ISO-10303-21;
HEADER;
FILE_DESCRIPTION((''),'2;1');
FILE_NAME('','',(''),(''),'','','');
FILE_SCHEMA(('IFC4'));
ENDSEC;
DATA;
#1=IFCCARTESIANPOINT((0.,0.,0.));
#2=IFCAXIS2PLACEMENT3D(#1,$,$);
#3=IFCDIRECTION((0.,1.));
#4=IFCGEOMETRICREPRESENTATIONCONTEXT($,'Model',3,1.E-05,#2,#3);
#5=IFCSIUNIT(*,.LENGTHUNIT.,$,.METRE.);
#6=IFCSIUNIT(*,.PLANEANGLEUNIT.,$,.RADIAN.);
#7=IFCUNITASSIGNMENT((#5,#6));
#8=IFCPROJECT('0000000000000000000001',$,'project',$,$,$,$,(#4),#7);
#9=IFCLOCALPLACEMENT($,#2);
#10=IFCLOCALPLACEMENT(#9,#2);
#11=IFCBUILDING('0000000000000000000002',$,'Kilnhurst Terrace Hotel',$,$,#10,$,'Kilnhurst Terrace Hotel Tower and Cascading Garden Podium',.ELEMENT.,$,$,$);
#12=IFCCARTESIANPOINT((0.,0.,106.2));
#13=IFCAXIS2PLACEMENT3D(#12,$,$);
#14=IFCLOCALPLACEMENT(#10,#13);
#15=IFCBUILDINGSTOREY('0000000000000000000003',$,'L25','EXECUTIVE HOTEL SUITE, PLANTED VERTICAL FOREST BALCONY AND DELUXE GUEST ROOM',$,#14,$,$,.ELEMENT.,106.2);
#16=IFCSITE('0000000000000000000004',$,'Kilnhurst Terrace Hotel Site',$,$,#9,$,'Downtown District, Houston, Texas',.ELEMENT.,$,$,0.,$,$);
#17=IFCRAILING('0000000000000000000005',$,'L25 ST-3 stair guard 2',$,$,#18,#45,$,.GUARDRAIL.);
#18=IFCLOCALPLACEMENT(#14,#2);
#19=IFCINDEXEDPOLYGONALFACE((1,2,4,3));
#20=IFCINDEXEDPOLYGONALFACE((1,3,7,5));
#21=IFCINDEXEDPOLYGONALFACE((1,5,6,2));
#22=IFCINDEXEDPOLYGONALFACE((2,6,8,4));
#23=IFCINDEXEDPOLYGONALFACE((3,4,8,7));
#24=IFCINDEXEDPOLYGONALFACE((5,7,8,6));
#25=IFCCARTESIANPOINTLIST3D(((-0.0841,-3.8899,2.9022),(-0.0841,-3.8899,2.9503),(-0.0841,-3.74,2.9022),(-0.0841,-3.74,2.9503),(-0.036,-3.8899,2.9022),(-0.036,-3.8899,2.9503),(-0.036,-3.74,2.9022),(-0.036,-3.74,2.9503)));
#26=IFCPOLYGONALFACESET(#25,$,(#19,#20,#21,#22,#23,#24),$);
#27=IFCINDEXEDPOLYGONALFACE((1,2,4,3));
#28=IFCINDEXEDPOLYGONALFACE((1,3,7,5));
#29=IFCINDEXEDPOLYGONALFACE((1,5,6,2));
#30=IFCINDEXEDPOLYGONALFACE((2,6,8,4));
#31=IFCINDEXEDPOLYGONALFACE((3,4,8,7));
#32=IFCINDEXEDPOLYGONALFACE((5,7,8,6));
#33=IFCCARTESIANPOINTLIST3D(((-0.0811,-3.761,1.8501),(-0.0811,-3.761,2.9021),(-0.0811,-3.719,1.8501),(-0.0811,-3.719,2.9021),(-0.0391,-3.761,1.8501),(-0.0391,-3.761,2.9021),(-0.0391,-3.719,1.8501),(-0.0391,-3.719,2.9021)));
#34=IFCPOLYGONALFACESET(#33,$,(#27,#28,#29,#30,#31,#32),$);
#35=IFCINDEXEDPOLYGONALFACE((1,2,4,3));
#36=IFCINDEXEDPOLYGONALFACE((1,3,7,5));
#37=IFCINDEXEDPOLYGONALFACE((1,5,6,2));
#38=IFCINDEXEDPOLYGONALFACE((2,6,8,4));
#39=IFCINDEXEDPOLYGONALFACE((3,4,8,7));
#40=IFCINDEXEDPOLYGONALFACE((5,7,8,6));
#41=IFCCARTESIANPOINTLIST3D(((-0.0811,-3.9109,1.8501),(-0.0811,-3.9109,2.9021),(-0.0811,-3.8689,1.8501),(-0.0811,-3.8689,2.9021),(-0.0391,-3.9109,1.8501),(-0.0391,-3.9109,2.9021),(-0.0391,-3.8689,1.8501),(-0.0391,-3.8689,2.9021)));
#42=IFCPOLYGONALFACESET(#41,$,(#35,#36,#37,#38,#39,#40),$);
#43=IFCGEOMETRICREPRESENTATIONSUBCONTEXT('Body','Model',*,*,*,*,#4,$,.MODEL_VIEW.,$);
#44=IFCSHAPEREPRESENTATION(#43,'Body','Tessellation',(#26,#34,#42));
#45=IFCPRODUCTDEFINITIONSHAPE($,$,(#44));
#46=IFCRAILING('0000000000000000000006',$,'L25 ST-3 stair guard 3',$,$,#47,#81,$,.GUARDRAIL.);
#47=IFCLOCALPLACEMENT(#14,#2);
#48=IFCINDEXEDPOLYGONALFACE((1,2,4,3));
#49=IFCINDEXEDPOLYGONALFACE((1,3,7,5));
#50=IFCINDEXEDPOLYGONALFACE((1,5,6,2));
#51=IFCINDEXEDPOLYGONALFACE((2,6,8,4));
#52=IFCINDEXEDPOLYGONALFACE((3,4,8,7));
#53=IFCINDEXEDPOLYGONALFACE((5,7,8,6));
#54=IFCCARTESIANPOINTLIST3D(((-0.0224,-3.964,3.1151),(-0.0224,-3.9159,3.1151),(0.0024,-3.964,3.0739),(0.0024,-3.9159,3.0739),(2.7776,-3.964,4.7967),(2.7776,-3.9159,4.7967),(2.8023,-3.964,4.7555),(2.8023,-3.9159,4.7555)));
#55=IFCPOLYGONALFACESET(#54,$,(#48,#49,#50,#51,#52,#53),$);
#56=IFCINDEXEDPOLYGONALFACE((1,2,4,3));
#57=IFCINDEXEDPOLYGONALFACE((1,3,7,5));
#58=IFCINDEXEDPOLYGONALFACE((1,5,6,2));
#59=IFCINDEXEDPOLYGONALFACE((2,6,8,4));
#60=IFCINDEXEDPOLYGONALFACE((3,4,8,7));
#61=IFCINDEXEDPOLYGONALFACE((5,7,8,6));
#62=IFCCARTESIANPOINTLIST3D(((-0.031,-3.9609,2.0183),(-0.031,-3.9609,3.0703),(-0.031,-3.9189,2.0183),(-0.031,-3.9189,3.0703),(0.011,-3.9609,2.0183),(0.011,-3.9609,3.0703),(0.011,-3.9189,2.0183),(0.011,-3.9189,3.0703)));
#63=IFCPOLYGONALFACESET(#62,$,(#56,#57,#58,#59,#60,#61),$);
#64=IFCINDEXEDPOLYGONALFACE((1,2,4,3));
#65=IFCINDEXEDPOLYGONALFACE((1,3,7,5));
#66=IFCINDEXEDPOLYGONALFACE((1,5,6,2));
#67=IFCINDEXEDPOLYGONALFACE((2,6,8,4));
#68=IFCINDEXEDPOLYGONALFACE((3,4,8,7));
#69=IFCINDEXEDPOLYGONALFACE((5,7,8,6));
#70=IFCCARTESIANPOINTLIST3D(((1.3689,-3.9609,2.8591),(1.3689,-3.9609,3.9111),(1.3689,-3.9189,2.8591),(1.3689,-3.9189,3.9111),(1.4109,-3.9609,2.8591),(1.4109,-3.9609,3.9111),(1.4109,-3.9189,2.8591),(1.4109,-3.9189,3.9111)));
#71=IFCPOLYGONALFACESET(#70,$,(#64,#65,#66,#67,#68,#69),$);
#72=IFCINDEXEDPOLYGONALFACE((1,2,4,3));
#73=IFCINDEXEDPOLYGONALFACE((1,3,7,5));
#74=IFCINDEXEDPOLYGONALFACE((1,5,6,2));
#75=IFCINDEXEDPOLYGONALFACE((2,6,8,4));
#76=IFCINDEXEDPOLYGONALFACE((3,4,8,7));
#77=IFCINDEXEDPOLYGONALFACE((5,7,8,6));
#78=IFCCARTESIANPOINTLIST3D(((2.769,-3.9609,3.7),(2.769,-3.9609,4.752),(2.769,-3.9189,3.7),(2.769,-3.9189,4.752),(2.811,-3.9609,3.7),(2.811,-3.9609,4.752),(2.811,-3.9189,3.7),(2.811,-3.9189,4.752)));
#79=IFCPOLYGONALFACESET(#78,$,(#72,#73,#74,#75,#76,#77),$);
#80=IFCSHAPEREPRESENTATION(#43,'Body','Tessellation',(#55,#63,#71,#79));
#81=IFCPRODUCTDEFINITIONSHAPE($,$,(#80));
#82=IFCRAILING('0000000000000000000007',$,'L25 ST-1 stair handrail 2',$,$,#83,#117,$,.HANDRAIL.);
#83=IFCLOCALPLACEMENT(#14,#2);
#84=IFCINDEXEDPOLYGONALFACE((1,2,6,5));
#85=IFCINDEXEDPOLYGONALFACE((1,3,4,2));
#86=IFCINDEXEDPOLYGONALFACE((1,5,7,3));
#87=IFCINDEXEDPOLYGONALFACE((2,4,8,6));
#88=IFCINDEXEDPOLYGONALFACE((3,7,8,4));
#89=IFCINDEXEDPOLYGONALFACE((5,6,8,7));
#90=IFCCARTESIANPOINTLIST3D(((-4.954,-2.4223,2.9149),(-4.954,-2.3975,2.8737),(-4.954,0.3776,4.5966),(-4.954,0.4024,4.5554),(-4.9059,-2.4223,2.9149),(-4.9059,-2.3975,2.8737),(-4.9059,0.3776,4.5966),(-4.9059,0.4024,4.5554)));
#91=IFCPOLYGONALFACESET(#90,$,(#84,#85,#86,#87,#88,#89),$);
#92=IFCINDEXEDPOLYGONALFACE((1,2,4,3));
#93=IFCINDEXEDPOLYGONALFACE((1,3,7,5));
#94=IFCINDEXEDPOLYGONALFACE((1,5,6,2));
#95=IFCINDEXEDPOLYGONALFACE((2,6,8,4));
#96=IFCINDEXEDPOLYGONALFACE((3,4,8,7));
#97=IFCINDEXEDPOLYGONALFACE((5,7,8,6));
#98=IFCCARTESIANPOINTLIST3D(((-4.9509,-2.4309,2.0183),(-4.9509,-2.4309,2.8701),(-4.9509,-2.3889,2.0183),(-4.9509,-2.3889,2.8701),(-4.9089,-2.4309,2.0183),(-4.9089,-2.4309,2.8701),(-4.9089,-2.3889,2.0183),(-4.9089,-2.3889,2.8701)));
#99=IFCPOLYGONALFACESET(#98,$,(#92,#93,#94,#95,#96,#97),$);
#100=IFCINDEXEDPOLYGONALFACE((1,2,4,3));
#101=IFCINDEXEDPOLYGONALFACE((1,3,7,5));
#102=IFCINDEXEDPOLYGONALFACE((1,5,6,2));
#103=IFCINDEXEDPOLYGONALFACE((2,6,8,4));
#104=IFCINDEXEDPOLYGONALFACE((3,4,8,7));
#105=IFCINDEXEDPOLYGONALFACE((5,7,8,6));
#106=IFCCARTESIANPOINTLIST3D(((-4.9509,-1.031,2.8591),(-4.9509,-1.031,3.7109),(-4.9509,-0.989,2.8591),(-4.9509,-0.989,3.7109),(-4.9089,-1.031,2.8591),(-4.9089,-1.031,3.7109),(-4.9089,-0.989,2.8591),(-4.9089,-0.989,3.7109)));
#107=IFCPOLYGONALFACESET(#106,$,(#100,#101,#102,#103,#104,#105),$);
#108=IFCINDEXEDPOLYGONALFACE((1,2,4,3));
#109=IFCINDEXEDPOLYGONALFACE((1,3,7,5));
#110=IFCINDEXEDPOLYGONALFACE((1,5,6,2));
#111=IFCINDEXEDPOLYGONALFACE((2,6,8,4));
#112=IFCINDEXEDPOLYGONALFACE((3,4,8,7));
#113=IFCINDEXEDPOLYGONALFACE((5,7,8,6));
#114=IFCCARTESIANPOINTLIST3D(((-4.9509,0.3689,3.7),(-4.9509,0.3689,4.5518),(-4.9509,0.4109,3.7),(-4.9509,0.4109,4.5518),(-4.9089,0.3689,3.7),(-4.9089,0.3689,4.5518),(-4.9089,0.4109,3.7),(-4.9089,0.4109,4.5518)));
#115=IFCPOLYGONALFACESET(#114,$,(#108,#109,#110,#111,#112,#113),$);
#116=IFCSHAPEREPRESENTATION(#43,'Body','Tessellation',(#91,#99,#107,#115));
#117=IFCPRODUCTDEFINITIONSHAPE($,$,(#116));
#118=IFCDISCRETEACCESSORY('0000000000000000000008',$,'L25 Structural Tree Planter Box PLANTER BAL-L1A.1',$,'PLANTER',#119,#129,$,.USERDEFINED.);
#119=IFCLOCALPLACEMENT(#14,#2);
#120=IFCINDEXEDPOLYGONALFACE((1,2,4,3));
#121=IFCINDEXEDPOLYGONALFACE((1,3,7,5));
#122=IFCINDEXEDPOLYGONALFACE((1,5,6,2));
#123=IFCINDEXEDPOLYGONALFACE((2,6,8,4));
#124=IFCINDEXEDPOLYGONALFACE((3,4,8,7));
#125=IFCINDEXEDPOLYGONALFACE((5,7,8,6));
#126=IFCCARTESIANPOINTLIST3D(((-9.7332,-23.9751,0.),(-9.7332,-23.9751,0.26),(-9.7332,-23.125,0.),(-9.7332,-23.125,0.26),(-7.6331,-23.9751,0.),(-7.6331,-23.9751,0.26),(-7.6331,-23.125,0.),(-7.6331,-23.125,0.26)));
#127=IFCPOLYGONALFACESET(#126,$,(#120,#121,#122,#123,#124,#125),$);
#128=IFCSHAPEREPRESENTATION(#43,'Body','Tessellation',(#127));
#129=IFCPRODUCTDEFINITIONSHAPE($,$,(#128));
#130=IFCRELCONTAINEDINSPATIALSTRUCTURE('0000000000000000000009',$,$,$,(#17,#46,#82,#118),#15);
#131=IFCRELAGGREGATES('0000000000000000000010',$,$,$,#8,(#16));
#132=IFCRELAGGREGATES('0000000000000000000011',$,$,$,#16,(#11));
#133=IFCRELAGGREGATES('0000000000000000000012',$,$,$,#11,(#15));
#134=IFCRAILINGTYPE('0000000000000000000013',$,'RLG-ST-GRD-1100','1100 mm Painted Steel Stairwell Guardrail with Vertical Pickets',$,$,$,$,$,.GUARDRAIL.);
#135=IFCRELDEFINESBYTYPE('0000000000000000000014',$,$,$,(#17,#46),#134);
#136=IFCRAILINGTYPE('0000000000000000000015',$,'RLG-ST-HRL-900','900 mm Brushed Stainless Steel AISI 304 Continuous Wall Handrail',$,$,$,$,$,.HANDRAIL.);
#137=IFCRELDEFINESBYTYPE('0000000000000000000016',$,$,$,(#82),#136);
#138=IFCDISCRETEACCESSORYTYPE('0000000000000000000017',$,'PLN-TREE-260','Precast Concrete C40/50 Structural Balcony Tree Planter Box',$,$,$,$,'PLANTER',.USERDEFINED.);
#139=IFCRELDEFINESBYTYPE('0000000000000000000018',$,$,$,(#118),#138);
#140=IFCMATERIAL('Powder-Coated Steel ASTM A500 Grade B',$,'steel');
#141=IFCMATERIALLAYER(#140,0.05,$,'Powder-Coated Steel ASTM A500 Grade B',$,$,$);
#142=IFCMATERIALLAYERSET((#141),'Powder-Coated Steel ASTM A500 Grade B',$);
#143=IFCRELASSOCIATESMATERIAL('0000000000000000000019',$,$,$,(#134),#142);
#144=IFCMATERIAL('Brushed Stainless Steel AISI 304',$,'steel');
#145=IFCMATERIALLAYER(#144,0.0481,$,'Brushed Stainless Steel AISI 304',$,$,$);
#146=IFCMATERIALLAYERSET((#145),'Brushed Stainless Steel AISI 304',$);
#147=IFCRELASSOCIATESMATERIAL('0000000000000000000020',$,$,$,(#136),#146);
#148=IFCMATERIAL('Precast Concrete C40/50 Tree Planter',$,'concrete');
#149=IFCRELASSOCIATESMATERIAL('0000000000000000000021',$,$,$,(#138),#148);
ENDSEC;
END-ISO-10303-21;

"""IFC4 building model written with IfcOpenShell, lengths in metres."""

from ifc_helpers import new_model, si_unit, direction, frame, origin, origin_2d, place, context, subcontext, project, spatial, rectangle, extrude, material, layer, layer_set, type_object, element, save


model = new_model("IFC4")

# Units and contexts
model_context = context("Model", 3, precision=1e-05, world=origin(), true_north=direction((0.0, 1.0)))
body_context = subcontext(model_context, "Body", "Model", "MODEL_VIEW")
ifc_project = project(units=[si_unit("LENGTHUNIT", "METRE"), si_unit("PLANEANGLEUNIT", "RADIAN")], contexts=[model_context])

# Site, building, storey
site_placement = place(None, origin())
site = spatial("IfcSite", under=ifc_project, at=site_placement, Name="Kilnhurst Terrace Hotel Site", LongName="Downtown District, Houston, Texas", CompositionType="ELEMENT", RefElevation=0.0)
building_placement = place(site_placement, origin())
building = spatial("IfcBuilding", under=site, at=building_placement, Name="Kilnhurst Terrace Hotel", LongName="Kilnhurst Terrace Hotel Tower and Cascading Garden Podium", CompositionType="ELEMENT")
storey_placement = place(building_placement, frame((0.0, 0.0, 106.2)))
storey = spatial("IfcBuildingStorey", under=building, at=storey_placement, Name="L25", Description="EXECUTIVE HOTEL SUITE, PLANTED VERTICAL FOREST BALCONY AND DELUXE GUEST ROOM", CompositionType="ELEMENT", Elevation=106.2)

# Railings
ifc_material_1 = material(Name="Powder-Coated Steel ASTM A500 Grade B", Category="steel")
ifc_layer_1 = layer(ifc_material_1, 0.05, Name="Powder-Coated Steel ASTM A500 Grade B")
ifc_layer_set_1 = layer_set([ifc_layer_1], Name="Powder-Coated Steel ASTM A500 Grade B")
railing_type_1 = type_object("IfcRailingType", Name="RLG-ST-GRD-1100", Description="1100 mm Painted Steel Stairwell Guardrail with Vertical Pickets", PredefinedType="GUARDRAIL", material=ifc_layer_set_1)
railing_1_placement = place(storey_placement, frame((-0.0601, -3.74, 1.8501)))
element("IfcRailing", 1, at=railing_1_placement, inside=storey, type_object=railing_type_1, Name="L25 ST-3 stair guard 2", PredefinedType="GUARDRAIL", context=body_context, shape_type="SweptSolid", body=[
    extrude(rectangle(XDim=0.0481, YDim=0.0481, at=origin_2d()), frame((0.0, 0.0, 1.0762), z_axis=(0.0, -1.0, 0.0), x_axis=(1.0, 0.0, 0.0)), (0.0, 0.0, 1.0), 0.1499),
    extrude(rectangle(XDim=0.042, YDim=0.042, at=origin_2d()), origin(), (0.0, 0.0, 1.0), 1.052),
    extrude(rectangle(XDim=0.042, YDim=0.042, at=origin_2d()), frame((0.0, -0.1499, 0.0)), (0.0, 0.0, 1.0), 1.052),
])
railing_2_placement = place(storey_placement, frame((-0.01, -3.9399, 2.0183)))
element("IfcRailing", 2, at=railing_2_placement, inside=storey, type_object=railing_type_1, Name="L25 ST-3 stair guard 3", PredefinedType="GUARDRAIL", context=body_context, shape_type="SweptSolid", body=[
    extrude(rectangle(XDim=0.0481, YDim=0.0481, at=origin_2d()), frame((0.0, 0.0, 1.0762), z_axis=(0.857275, 0.0, 0.514858), x_axis=(0.0, 1.0, 0.0)), (0.0, 0.0, 1.0), 3.2661),
    extrude(rectangle(XDim=0.042, YDim=0.042, at=origin_2d()), origin(), (0.0, 0.0, 1.0), 1.052),
    extrude(rectangle(XDim=0.042, YDim=0.042, at=origin_2d()), frame((1.3999, 0.0, 0.8408)), (0.0, 0.0, 1.0), 1.052),
    extrude(rectangle(XDim=0.042, YDim=0.042, at=origin_2d()), frame((2.8, 0.0, 1.6816)), (0.0, 0.0, 1.0), 1.052),
])
ifc_material_2 = material(Name="Brushed Stainless Steel AISI 304", Category="steel")
ifc_layer_2 = layer(ifc_material_2, 0.0481, Name="Brushed Stainless Steel AISI 304")
ifc_layer_set_2 = layer_set([ifc_layer_2], Name="Brushed Stainless Steel AISI 304")
railing_type_2 = type_object("IfcRailingType", Name="RLG-ST-HRL-900", Description="900 mm Brushed Stainless Steel AISI 304 Continuous Wall Handrail", PredefinedType="HANDRAIL", material=ifc_layer_set_2)
railing_3_placement = place(storey_placement, frame((-4.9299, -2.4099, 2.0183)))
element("IfcRailing", 3, at=railing_3_placement, inside=storey, type_object=railing_type_2, Name="L25 ST-1 stair handrail 2", PredefinedType="HANDRAIL", context=body_context, shape_type="SweptSolid", body=[
    extrude(rectangle(XDim=0.0481, YDim=0.0481, at=origin_2d()), frame((0.0, 0.0, 0.876), z_axis=(0.0, 0.857255, 0.514891), x_axis=(-1.0, 0.0, 0.0)), (0.0, 0.0, 1.0), 3.2661),
    extrude(rectangle(XDim=0.042, YDim=0.042, at=origin_2d()), origin(), (0.0, 0.0, 1.0), 0.8518),
    extrude(rectangle(XDim=0.042, YDim=0.042, at=origin_2d()), frame((0.0, 1.3999, 0.8408)), (0.0, 0.0, 1.0), 0.8518),
    extrude(rectangle(XDim=0.042, YDim=0.042, at=origin_2d()), frame((0.0, 2.7998, 1.6816)), (0.0, 0.0, 1.0), 0.8518),
])

# Discrete accessory
ifc_material_3 = material(Name="Precast Concrete C40/50 Tree Planter", Category="concrete")
discrete_accessory_type = type_object("IfcDiscreteAccessoryType", Name="PLN-TREE-260", Description="Precast Concrete C40/50 Structural Balcony Tree Planter Box", ElementType="PLANTER", PredefinedType="USERDEFINED", material=ifc_material_3)
discrete_accessory_placement = place(storey_placement, frame((-8.6831, -23.55, 0.0), z_axis=(0.0, 0.0, 1.0), x_axis=(1.0, 0.0, 0.0)))
element("IfcDiscreteAccessory", 4, at=discrete_accessory_placement, inside=storey, type_object=discrete_accessory_type, Name="L25 Structural Tree Planter Box PLANTER BAL-L1A.1", ObjectType="PLANTER", PredefinedType="USERDEFINED", context=body_context, shape_type="SweptSolid", body=[
    extrude(rectangle(XDim=2.1001, YDim=0.8501, at=origin_2d()), origin(), (0.0, 0.0, 1.0), 0.26),
])

save(model, "model.ifc")
